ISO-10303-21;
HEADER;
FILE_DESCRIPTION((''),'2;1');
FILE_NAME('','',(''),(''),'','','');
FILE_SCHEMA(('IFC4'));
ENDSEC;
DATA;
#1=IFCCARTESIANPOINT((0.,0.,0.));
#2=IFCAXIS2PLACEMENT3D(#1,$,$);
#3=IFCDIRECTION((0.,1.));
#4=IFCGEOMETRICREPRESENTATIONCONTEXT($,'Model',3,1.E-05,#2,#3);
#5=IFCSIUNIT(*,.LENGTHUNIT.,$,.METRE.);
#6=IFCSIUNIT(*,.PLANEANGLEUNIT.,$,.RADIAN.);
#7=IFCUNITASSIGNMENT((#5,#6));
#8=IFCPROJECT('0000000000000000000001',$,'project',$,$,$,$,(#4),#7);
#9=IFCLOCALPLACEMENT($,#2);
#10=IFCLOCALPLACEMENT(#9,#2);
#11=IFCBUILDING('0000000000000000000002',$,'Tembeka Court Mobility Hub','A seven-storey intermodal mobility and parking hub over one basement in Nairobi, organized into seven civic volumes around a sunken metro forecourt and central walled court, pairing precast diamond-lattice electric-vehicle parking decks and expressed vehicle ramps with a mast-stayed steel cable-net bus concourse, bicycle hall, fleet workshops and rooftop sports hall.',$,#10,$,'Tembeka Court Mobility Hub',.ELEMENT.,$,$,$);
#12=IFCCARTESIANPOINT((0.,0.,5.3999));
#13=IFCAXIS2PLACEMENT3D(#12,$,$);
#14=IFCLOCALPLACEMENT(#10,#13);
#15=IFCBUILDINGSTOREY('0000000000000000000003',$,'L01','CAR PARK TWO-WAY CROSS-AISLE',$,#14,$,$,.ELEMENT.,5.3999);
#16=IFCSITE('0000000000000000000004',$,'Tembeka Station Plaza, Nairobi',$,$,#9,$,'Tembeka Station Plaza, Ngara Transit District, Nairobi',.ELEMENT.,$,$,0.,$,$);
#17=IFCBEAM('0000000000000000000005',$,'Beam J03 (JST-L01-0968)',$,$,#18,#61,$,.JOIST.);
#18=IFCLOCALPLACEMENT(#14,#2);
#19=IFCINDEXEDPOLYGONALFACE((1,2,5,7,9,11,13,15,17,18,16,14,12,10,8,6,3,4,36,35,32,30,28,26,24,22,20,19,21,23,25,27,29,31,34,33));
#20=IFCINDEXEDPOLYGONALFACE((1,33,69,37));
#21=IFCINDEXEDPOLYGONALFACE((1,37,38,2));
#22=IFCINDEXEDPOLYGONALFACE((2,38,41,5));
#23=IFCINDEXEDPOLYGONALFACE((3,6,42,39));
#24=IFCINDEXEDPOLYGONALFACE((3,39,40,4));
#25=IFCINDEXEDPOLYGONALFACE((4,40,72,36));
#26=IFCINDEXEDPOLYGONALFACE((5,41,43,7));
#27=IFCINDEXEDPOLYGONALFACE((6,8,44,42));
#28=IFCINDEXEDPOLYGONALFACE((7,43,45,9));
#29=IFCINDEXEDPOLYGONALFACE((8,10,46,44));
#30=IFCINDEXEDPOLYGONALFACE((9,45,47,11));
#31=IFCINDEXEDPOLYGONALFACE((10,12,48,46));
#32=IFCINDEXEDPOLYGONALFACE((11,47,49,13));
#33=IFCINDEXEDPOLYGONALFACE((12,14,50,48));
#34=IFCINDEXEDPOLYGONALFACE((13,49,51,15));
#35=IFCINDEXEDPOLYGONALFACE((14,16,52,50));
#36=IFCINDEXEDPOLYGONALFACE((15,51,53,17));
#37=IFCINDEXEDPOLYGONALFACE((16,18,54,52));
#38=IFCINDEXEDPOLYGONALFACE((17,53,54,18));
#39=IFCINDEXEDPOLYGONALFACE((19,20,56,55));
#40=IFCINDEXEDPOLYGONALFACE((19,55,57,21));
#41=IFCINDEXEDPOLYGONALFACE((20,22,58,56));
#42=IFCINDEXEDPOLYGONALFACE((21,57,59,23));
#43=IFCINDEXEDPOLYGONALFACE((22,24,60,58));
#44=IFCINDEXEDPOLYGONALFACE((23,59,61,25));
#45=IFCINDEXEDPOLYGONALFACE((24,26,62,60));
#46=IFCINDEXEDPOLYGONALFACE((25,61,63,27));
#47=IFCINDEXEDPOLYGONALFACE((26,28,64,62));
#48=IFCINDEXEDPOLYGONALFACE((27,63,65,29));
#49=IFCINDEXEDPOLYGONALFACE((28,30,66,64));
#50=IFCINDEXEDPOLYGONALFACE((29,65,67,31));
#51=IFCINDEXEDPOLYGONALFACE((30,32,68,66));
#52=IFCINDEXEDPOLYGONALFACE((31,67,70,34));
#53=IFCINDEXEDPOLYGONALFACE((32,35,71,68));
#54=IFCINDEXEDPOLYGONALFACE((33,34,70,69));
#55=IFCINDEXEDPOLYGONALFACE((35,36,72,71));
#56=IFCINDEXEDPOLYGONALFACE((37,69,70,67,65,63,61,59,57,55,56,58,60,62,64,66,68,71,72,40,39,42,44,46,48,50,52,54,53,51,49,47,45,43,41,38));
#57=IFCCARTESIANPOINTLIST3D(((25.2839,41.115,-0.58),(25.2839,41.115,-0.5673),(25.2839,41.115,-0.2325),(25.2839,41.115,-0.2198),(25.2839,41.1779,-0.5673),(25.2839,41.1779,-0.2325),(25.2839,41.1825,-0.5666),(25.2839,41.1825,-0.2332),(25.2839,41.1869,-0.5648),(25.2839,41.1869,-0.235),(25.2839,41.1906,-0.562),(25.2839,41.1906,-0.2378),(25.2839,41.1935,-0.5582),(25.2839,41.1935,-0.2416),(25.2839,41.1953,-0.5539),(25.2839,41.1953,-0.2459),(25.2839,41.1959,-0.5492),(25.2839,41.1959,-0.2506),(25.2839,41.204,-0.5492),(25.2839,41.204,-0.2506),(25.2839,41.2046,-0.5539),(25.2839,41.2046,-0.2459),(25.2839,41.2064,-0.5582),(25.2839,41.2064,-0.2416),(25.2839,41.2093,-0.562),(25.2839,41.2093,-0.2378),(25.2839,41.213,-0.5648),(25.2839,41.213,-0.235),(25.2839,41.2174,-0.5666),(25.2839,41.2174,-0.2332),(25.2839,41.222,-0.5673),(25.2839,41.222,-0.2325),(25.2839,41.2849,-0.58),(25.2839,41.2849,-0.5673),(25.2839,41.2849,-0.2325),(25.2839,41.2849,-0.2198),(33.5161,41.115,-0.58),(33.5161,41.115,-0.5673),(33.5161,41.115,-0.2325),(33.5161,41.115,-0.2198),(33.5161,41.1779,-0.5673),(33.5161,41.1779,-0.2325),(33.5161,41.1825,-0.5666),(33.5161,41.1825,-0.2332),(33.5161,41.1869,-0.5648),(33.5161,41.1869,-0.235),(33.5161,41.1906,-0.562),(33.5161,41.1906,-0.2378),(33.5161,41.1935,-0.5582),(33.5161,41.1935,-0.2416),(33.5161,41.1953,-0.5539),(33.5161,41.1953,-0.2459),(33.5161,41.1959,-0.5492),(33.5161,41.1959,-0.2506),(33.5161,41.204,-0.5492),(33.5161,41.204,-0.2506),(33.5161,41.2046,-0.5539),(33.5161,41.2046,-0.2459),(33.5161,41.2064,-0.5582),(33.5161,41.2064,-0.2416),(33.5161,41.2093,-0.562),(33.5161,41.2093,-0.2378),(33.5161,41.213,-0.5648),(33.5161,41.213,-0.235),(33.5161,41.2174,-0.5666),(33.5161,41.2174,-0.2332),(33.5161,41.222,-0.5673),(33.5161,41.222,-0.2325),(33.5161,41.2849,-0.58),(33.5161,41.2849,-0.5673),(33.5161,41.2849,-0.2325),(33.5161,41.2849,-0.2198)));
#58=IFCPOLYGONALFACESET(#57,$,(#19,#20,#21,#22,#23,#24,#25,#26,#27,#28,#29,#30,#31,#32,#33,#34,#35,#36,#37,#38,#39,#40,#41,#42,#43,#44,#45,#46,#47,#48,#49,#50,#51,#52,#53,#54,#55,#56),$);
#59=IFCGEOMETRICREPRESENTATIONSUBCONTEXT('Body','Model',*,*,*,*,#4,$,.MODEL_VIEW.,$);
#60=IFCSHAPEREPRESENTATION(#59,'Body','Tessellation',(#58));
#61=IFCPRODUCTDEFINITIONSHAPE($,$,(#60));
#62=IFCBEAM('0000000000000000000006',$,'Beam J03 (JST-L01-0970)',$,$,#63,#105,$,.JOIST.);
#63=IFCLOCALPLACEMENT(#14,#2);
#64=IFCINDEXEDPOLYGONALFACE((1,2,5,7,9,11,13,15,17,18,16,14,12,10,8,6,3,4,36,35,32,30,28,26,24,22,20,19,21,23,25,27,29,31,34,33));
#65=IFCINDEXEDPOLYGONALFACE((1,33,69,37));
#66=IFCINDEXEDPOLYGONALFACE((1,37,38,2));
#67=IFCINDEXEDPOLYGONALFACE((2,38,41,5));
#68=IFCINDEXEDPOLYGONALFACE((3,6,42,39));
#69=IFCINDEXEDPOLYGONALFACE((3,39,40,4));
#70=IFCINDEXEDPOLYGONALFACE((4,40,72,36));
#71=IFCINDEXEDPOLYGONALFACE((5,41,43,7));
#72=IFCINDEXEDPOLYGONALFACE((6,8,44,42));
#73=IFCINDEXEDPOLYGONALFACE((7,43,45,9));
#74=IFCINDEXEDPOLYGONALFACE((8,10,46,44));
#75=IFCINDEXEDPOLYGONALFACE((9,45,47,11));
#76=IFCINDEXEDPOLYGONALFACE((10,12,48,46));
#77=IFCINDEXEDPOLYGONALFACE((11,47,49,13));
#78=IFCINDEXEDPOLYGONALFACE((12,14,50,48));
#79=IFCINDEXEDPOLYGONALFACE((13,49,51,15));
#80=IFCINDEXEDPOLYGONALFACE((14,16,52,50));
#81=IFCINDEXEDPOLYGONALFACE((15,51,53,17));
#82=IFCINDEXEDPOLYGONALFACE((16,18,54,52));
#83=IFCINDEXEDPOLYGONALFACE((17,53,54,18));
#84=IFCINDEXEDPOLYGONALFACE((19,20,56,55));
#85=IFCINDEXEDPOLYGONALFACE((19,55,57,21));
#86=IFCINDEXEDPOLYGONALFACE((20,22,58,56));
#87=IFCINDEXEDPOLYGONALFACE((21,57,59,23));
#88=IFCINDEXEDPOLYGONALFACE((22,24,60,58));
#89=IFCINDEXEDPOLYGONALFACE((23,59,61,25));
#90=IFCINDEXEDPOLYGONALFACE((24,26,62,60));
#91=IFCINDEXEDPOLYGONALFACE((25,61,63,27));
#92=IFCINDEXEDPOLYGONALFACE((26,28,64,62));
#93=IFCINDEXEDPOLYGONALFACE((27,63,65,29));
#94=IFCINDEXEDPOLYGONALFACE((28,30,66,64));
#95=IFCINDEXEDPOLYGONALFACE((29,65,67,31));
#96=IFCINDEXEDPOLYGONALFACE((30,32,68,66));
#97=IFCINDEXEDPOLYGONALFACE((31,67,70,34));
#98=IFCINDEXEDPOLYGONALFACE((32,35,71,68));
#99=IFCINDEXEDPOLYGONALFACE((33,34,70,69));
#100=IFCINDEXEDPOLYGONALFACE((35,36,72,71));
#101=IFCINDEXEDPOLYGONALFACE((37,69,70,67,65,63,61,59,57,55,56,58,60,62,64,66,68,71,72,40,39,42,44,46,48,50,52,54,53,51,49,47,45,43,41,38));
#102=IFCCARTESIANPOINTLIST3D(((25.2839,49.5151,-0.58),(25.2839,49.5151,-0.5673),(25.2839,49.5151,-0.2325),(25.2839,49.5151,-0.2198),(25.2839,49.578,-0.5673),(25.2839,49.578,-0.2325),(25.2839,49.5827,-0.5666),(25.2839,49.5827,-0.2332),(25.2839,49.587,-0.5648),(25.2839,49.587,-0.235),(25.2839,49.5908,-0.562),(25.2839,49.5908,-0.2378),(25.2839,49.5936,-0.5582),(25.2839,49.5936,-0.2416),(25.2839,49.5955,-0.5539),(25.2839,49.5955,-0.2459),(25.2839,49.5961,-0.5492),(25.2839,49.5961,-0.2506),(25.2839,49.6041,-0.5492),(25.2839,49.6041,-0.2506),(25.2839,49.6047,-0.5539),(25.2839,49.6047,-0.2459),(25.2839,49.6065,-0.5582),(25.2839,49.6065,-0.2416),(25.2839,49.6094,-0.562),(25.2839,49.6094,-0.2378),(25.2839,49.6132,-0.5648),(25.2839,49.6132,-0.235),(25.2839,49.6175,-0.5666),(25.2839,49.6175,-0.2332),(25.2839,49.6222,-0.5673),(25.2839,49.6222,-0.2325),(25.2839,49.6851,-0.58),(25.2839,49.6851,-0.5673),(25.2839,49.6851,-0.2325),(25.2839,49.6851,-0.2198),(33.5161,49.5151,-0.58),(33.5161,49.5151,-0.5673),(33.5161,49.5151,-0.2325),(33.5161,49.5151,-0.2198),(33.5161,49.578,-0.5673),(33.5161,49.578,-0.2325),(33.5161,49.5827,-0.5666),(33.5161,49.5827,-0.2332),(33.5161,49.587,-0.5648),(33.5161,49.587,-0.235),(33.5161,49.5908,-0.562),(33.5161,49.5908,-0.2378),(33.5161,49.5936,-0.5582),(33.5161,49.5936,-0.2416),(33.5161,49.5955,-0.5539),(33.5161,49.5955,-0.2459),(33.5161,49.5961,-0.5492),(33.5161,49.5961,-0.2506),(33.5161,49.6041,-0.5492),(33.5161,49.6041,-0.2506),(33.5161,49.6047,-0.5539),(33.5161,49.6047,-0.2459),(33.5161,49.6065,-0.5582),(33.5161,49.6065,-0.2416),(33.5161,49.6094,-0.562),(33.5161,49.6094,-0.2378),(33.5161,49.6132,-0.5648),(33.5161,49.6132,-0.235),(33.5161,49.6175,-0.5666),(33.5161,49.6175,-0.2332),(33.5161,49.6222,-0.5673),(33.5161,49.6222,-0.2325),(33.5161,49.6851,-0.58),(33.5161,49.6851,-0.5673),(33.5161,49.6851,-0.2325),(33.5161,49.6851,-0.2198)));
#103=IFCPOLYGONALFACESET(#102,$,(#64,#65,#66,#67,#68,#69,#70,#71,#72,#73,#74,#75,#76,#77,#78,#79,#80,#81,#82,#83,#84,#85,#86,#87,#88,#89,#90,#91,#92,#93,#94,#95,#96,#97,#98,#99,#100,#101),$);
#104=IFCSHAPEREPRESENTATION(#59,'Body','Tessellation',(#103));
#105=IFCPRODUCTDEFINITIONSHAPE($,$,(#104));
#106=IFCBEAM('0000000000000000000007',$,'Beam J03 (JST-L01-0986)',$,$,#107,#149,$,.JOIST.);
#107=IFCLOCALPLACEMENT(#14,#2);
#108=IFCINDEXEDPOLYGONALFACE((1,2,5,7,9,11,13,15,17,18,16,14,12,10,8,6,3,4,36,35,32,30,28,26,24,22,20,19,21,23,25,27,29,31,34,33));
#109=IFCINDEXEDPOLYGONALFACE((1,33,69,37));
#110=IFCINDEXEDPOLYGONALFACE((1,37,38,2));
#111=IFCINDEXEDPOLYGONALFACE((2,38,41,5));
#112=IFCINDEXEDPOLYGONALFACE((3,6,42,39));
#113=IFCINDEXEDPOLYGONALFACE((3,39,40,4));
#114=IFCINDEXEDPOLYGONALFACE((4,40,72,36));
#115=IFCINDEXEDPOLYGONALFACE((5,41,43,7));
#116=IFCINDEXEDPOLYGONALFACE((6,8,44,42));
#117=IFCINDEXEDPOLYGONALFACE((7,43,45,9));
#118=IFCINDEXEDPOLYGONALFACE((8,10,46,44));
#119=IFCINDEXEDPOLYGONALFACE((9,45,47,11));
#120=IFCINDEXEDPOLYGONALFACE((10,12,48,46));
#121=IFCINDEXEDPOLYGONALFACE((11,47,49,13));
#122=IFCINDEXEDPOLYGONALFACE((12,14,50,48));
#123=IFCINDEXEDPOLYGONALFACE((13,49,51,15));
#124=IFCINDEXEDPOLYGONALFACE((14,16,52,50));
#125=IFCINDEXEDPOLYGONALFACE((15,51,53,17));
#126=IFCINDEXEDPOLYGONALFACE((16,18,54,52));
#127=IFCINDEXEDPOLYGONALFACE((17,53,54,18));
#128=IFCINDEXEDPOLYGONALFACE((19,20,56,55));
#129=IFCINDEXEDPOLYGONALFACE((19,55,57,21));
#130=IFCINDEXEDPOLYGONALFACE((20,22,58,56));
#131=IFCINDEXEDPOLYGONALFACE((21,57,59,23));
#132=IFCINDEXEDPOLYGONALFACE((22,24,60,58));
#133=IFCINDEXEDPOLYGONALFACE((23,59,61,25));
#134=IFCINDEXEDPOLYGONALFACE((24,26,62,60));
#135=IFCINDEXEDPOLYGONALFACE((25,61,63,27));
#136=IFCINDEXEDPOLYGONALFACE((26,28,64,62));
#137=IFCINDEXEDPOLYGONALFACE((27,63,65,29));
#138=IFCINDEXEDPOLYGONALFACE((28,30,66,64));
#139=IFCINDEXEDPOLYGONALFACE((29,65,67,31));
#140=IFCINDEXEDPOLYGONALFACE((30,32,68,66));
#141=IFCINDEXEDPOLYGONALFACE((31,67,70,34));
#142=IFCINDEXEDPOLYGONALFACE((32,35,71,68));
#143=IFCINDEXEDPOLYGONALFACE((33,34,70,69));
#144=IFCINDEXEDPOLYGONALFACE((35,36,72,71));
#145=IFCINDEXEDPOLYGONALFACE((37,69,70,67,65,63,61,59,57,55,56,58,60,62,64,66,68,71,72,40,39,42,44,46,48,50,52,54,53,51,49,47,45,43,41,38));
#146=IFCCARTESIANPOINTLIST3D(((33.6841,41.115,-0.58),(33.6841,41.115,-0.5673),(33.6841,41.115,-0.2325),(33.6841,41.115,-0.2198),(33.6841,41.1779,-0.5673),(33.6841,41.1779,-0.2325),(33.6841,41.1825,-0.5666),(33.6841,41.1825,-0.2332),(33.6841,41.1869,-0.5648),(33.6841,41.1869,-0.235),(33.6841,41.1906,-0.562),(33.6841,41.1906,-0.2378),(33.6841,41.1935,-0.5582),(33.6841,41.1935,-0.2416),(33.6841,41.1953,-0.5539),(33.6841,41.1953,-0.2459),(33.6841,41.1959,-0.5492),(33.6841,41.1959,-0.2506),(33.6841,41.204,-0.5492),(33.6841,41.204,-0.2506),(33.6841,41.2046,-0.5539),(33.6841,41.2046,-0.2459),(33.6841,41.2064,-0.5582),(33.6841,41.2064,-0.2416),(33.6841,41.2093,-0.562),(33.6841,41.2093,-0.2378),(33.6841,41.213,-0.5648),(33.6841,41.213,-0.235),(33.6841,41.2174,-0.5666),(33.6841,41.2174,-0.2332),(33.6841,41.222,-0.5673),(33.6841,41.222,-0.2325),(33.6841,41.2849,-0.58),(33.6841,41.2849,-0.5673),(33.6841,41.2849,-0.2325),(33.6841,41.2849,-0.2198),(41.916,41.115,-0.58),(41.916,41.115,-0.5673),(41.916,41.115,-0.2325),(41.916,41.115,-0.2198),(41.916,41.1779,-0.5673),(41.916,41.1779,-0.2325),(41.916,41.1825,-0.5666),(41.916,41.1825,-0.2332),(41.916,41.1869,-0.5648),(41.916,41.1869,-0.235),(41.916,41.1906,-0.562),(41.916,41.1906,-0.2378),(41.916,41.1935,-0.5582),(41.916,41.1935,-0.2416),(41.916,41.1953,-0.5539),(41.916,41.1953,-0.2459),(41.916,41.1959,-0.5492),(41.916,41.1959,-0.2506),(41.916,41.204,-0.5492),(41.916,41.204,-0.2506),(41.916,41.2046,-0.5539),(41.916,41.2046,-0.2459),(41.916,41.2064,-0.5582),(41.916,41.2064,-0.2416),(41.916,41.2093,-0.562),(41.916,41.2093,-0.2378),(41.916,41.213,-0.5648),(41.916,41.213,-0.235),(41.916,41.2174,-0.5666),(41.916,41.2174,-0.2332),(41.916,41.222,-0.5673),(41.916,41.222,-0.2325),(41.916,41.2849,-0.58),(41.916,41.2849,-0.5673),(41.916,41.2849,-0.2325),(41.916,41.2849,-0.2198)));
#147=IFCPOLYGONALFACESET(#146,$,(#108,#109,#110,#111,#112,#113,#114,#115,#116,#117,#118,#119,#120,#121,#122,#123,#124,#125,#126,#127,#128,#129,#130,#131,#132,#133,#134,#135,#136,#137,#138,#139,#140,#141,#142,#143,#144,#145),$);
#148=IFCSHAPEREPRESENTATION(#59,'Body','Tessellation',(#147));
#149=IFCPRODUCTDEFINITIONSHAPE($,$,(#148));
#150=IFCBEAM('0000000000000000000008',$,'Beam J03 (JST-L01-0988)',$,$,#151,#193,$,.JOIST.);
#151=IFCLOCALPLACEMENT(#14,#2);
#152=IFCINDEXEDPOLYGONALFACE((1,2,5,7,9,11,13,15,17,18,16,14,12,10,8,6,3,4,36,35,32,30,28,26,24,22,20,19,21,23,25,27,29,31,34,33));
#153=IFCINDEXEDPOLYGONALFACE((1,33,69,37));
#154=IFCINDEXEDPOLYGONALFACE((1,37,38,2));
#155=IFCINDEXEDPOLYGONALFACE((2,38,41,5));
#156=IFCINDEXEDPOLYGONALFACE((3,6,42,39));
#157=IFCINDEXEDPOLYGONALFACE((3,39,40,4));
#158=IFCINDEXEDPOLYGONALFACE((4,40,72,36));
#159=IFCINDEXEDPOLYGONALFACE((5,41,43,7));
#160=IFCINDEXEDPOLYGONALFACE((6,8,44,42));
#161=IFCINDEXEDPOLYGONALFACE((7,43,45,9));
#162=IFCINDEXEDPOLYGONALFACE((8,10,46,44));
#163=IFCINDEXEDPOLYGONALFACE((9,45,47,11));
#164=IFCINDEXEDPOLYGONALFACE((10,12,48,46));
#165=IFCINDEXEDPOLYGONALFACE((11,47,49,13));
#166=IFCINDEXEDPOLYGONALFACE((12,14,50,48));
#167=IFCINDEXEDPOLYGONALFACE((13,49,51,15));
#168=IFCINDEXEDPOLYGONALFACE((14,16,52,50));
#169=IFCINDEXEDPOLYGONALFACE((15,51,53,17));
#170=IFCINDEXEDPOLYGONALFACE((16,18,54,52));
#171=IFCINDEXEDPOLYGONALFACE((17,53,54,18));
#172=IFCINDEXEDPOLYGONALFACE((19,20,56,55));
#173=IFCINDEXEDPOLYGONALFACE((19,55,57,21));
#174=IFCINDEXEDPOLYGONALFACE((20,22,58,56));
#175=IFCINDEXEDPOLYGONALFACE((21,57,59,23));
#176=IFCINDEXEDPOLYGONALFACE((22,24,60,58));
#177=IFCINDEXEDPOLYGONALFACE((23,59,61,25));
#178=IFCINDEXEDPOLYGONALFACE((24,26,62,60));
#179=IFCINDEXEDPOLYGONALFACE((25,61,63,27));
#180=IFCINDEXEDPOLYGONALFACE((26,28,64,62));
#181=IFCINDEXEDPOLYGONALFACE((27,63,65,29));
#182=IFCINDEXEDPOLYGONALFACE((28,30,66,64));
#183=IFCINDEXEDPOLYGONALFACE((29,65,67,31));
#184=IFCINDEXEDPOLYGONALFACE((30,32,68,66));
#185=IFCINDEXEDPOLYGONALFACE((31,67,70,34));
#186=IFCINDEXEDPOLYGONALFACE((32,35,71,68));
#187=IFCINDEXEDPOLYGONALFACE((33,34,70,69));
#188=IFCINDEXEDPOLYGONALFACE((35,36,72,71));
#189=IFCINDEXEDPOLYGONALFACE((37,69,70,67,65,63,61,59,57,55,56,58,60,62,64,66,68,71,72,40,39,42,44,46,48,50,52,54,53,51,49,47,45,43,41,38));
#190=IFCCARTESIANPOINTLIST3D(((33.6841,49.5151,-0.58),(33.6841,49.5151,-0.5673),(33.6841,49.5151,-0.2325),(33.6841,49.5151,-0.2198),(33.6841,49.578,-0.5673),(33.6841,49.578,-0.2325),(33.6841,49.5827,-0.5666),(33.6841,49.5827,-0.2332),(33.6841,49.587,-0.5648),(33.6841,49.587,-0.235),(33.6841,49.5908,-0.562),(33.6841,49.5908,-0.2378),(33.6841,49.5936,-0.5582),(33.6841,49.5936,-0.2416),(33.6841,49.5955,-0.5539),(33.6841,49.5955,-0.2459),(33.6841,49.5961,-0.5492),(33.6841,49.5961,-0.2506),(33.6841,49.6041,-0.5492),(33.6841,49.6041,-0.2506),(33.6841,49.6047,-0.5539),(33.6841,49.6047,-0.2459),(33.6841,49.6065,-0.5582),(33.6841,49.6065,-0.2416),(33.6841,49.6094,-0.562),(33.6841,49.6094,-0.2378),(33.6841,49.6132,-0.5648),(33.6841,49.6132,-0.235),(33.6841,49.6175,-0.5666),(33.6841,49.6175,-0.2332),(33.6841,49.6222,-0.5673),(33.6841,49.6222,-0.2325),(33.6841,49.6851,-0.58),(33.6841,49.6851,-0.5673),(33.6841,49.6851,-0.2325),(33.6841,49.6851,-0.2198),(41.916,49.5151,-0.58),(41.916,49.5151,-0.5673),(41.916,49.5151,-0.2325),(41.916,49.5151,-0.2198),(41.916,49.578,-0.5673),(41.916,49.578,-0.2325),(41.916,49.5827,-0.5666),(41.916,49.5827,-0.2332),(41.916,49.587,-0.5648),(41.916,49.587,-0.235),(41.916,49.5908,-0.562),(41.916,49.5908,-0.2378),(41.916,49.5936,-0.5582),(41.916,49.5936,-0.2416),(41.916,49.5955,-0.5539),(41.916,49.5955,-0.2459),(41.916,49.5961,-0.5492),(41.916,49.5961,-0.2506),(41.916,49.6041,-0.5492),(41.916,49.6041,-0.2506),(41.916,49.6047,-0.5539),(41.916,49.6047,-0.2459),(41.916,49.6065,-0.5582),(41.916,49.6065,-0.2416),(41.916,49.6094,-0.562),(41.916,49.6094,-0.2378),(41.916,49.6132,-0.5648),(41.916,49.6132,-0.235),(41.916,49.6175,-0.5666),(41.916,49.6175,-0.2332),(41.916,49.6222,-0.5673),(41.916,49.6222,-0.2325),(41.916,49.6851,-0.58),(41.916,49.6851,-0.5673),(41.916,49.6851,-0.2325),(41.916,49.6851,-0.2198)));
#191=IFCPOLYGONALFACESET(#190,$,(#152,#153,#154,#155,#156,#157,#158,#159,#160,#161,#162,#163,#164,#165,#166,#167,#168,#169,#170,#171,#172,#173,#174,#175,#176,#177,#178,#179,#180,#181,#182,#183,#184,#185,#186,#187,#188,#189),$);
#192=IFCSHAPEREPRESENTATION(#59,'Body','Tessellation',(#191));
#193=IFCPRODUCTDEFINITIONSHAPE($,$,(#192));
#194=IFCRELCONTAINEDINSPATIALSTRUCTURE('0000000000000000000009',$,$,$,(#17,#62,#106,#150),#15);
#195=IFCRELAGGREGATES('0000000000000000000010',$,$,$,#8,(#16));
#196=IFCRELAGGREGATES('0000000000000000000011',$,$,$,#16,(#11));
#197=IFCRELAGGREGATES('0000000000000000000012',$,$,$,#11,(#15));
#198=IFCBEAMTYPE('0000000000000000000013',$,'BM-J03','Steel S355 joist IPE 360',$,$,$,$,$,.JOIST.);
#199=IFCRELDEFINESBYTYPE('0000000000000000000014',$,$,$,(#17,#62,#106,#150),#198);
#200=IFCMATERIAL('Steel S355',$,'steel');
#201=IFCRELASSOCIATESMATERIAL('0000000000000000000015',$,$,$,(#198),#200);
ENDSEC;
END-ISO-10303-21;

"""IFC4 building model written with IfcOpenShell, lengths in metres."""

from ifc_helpers import new_model, si_unit, direction, frame, origin, origin_2d, place, context, subcontext, project, spatial, i_section, extrude, material, material_profile, profile_set, type_object, element, save


model = new_model("IFC4")

# Units and contexts
model_context = context("Model", 3, precision=1e-05, world=origin(), true_north=direction((0.0, 1.0)))
body_context = subcontext(model_context, "Body", "Model", "MODEL_VIEW")
ifc_project = project(units=[si_unit("LENGTHUNIT", "METRE"), si_unit("PLANEANGLEUNIT", "RADIAN")], contexts=[model_context])

# Site, building, storey
site_placement = place(None, origin())
site = spatial("IfcSite", under=ifc_project, at=site_placement, Name="Tembeka Station Plaza, Nairobi", LongName="Tembeka Station Plaza, Ngara Transit District, Nairobi", CompositionType="ELEMENT", RefElevation=0.0)
building_placement = place(site_placement, origin())
building = spatial("IfcBuilding", under=site, at=building_placement, Name="Tembeka Court Mobility Hub", Description="A seven-storey intermodal mobility and parking hub over one basement in Nairobi, organized into seven civic volumes around a sunken metro forecourt and central walled court, pairing precast diamond-lattice electric-vehicle parking decks and expressed vehicle ramps with a mast-stayed steel cable-net bus concourse, bicycle hall, fleet workshops and rooftop sports hall.", LongName="Tembeka Court Mobility Hub", CompositionType="ELEMENT")
storey_placement = place(building_placement, frame((0.0, 0.0, 5.3999)))
storey = spatial("IfcBuildingStorey", under=building, at=storey_placement, Name="L01", Description="CAR PARK TWO-WAY CROSS-AISLE", CompositionType="ELEMENT", Elevation=5.3999)

# Shared definitions
ifc_material_1 = material(Name="Steel S355", Category="steel")

# Beams
ifc_material_profile_1 = material_profile(ifc_material_1, i_section(OverallWidth=0.1699, OverallDepth=0.3601, WebThickness=0.0081, FlangeThickness=0.0127, FilletRadius=0.0181, at=origin_2d()), Name="IPE 360")
ifc_profile_set_1 = profile_set([ifc_material_profile_1], Name="Steel S355")
beam_type_1 = type_object("IfcBeamType", Name="BM-J03", Description="Steel S355 joist IPE 360", PredefinedType="JOIST", material=ifc_profile_set_1)
for number, where, z_axis, x_axis, name in (
    (1, (25.2839, 41.2, -0.3999), (1.0, 0.0, 0.0), (0.0, 1.0, 0.0), "Beam J03 (JST-L01-0968)"),
    (2, (25.2839, 49.6001, -0.3999), (1.0, 0.0, 0.0), (0.0, 1.0, 0.0), "Beam J03 (JST-L01-0970)"),
):
    element("IfcBeam", number, at=place(storey_placement, frame(where, z_axis=z_axis, x_axis=x_axis)), inside=storey, type_object=beam_type_1, Name=name, PredefinedType="JOIST", context=body_context, shape_type="SweptSolid", body=[
        extrude(i_section(OverallWidth=0.1699, OverallDepth=0.3601, WebThickness=0.0081, FlangeThickness=0.0127, FilletRadius=0.0181, at=origin_2d()), origin(), (0.0, 0.0, 1.0), 8.2322),
    ])
for number, where, z_axis, x_axis, name in (
    (3, (33.6841, 41.2, -0.3999), (1.0, 0.0, 0.0), (0.0, 1.0, 0.0), "Beam J03 (JST-L01-0986)"),
    (4, (33.6841, 49.6001, -0.3999), (1.0, 0.0, 0.0), (0.0, 1.0, 0.0), "Beam J03 (JST-L01-0988)"),
):
    element("IfcBeam", number, at=place(storey_placement, frame(where, z_axis=z_axis, x_axis=x_axis)), inside=storey, type_object=beam_type_1, Name=name, PredefinedType="JOIST", context=body_context, shape_type="SweptSolid", body=[
        extrude(i_section(OverallWidth=0.1699, OverallDepth=0.3601, WebThickness=0.0081, FlangeThickness=0.0127, FilletRadius=0.0181, at=origin_2d()), origin(), (0.0, 0.0, 1.0), 8.2319),
    ])

save(model, "model.ifc")
